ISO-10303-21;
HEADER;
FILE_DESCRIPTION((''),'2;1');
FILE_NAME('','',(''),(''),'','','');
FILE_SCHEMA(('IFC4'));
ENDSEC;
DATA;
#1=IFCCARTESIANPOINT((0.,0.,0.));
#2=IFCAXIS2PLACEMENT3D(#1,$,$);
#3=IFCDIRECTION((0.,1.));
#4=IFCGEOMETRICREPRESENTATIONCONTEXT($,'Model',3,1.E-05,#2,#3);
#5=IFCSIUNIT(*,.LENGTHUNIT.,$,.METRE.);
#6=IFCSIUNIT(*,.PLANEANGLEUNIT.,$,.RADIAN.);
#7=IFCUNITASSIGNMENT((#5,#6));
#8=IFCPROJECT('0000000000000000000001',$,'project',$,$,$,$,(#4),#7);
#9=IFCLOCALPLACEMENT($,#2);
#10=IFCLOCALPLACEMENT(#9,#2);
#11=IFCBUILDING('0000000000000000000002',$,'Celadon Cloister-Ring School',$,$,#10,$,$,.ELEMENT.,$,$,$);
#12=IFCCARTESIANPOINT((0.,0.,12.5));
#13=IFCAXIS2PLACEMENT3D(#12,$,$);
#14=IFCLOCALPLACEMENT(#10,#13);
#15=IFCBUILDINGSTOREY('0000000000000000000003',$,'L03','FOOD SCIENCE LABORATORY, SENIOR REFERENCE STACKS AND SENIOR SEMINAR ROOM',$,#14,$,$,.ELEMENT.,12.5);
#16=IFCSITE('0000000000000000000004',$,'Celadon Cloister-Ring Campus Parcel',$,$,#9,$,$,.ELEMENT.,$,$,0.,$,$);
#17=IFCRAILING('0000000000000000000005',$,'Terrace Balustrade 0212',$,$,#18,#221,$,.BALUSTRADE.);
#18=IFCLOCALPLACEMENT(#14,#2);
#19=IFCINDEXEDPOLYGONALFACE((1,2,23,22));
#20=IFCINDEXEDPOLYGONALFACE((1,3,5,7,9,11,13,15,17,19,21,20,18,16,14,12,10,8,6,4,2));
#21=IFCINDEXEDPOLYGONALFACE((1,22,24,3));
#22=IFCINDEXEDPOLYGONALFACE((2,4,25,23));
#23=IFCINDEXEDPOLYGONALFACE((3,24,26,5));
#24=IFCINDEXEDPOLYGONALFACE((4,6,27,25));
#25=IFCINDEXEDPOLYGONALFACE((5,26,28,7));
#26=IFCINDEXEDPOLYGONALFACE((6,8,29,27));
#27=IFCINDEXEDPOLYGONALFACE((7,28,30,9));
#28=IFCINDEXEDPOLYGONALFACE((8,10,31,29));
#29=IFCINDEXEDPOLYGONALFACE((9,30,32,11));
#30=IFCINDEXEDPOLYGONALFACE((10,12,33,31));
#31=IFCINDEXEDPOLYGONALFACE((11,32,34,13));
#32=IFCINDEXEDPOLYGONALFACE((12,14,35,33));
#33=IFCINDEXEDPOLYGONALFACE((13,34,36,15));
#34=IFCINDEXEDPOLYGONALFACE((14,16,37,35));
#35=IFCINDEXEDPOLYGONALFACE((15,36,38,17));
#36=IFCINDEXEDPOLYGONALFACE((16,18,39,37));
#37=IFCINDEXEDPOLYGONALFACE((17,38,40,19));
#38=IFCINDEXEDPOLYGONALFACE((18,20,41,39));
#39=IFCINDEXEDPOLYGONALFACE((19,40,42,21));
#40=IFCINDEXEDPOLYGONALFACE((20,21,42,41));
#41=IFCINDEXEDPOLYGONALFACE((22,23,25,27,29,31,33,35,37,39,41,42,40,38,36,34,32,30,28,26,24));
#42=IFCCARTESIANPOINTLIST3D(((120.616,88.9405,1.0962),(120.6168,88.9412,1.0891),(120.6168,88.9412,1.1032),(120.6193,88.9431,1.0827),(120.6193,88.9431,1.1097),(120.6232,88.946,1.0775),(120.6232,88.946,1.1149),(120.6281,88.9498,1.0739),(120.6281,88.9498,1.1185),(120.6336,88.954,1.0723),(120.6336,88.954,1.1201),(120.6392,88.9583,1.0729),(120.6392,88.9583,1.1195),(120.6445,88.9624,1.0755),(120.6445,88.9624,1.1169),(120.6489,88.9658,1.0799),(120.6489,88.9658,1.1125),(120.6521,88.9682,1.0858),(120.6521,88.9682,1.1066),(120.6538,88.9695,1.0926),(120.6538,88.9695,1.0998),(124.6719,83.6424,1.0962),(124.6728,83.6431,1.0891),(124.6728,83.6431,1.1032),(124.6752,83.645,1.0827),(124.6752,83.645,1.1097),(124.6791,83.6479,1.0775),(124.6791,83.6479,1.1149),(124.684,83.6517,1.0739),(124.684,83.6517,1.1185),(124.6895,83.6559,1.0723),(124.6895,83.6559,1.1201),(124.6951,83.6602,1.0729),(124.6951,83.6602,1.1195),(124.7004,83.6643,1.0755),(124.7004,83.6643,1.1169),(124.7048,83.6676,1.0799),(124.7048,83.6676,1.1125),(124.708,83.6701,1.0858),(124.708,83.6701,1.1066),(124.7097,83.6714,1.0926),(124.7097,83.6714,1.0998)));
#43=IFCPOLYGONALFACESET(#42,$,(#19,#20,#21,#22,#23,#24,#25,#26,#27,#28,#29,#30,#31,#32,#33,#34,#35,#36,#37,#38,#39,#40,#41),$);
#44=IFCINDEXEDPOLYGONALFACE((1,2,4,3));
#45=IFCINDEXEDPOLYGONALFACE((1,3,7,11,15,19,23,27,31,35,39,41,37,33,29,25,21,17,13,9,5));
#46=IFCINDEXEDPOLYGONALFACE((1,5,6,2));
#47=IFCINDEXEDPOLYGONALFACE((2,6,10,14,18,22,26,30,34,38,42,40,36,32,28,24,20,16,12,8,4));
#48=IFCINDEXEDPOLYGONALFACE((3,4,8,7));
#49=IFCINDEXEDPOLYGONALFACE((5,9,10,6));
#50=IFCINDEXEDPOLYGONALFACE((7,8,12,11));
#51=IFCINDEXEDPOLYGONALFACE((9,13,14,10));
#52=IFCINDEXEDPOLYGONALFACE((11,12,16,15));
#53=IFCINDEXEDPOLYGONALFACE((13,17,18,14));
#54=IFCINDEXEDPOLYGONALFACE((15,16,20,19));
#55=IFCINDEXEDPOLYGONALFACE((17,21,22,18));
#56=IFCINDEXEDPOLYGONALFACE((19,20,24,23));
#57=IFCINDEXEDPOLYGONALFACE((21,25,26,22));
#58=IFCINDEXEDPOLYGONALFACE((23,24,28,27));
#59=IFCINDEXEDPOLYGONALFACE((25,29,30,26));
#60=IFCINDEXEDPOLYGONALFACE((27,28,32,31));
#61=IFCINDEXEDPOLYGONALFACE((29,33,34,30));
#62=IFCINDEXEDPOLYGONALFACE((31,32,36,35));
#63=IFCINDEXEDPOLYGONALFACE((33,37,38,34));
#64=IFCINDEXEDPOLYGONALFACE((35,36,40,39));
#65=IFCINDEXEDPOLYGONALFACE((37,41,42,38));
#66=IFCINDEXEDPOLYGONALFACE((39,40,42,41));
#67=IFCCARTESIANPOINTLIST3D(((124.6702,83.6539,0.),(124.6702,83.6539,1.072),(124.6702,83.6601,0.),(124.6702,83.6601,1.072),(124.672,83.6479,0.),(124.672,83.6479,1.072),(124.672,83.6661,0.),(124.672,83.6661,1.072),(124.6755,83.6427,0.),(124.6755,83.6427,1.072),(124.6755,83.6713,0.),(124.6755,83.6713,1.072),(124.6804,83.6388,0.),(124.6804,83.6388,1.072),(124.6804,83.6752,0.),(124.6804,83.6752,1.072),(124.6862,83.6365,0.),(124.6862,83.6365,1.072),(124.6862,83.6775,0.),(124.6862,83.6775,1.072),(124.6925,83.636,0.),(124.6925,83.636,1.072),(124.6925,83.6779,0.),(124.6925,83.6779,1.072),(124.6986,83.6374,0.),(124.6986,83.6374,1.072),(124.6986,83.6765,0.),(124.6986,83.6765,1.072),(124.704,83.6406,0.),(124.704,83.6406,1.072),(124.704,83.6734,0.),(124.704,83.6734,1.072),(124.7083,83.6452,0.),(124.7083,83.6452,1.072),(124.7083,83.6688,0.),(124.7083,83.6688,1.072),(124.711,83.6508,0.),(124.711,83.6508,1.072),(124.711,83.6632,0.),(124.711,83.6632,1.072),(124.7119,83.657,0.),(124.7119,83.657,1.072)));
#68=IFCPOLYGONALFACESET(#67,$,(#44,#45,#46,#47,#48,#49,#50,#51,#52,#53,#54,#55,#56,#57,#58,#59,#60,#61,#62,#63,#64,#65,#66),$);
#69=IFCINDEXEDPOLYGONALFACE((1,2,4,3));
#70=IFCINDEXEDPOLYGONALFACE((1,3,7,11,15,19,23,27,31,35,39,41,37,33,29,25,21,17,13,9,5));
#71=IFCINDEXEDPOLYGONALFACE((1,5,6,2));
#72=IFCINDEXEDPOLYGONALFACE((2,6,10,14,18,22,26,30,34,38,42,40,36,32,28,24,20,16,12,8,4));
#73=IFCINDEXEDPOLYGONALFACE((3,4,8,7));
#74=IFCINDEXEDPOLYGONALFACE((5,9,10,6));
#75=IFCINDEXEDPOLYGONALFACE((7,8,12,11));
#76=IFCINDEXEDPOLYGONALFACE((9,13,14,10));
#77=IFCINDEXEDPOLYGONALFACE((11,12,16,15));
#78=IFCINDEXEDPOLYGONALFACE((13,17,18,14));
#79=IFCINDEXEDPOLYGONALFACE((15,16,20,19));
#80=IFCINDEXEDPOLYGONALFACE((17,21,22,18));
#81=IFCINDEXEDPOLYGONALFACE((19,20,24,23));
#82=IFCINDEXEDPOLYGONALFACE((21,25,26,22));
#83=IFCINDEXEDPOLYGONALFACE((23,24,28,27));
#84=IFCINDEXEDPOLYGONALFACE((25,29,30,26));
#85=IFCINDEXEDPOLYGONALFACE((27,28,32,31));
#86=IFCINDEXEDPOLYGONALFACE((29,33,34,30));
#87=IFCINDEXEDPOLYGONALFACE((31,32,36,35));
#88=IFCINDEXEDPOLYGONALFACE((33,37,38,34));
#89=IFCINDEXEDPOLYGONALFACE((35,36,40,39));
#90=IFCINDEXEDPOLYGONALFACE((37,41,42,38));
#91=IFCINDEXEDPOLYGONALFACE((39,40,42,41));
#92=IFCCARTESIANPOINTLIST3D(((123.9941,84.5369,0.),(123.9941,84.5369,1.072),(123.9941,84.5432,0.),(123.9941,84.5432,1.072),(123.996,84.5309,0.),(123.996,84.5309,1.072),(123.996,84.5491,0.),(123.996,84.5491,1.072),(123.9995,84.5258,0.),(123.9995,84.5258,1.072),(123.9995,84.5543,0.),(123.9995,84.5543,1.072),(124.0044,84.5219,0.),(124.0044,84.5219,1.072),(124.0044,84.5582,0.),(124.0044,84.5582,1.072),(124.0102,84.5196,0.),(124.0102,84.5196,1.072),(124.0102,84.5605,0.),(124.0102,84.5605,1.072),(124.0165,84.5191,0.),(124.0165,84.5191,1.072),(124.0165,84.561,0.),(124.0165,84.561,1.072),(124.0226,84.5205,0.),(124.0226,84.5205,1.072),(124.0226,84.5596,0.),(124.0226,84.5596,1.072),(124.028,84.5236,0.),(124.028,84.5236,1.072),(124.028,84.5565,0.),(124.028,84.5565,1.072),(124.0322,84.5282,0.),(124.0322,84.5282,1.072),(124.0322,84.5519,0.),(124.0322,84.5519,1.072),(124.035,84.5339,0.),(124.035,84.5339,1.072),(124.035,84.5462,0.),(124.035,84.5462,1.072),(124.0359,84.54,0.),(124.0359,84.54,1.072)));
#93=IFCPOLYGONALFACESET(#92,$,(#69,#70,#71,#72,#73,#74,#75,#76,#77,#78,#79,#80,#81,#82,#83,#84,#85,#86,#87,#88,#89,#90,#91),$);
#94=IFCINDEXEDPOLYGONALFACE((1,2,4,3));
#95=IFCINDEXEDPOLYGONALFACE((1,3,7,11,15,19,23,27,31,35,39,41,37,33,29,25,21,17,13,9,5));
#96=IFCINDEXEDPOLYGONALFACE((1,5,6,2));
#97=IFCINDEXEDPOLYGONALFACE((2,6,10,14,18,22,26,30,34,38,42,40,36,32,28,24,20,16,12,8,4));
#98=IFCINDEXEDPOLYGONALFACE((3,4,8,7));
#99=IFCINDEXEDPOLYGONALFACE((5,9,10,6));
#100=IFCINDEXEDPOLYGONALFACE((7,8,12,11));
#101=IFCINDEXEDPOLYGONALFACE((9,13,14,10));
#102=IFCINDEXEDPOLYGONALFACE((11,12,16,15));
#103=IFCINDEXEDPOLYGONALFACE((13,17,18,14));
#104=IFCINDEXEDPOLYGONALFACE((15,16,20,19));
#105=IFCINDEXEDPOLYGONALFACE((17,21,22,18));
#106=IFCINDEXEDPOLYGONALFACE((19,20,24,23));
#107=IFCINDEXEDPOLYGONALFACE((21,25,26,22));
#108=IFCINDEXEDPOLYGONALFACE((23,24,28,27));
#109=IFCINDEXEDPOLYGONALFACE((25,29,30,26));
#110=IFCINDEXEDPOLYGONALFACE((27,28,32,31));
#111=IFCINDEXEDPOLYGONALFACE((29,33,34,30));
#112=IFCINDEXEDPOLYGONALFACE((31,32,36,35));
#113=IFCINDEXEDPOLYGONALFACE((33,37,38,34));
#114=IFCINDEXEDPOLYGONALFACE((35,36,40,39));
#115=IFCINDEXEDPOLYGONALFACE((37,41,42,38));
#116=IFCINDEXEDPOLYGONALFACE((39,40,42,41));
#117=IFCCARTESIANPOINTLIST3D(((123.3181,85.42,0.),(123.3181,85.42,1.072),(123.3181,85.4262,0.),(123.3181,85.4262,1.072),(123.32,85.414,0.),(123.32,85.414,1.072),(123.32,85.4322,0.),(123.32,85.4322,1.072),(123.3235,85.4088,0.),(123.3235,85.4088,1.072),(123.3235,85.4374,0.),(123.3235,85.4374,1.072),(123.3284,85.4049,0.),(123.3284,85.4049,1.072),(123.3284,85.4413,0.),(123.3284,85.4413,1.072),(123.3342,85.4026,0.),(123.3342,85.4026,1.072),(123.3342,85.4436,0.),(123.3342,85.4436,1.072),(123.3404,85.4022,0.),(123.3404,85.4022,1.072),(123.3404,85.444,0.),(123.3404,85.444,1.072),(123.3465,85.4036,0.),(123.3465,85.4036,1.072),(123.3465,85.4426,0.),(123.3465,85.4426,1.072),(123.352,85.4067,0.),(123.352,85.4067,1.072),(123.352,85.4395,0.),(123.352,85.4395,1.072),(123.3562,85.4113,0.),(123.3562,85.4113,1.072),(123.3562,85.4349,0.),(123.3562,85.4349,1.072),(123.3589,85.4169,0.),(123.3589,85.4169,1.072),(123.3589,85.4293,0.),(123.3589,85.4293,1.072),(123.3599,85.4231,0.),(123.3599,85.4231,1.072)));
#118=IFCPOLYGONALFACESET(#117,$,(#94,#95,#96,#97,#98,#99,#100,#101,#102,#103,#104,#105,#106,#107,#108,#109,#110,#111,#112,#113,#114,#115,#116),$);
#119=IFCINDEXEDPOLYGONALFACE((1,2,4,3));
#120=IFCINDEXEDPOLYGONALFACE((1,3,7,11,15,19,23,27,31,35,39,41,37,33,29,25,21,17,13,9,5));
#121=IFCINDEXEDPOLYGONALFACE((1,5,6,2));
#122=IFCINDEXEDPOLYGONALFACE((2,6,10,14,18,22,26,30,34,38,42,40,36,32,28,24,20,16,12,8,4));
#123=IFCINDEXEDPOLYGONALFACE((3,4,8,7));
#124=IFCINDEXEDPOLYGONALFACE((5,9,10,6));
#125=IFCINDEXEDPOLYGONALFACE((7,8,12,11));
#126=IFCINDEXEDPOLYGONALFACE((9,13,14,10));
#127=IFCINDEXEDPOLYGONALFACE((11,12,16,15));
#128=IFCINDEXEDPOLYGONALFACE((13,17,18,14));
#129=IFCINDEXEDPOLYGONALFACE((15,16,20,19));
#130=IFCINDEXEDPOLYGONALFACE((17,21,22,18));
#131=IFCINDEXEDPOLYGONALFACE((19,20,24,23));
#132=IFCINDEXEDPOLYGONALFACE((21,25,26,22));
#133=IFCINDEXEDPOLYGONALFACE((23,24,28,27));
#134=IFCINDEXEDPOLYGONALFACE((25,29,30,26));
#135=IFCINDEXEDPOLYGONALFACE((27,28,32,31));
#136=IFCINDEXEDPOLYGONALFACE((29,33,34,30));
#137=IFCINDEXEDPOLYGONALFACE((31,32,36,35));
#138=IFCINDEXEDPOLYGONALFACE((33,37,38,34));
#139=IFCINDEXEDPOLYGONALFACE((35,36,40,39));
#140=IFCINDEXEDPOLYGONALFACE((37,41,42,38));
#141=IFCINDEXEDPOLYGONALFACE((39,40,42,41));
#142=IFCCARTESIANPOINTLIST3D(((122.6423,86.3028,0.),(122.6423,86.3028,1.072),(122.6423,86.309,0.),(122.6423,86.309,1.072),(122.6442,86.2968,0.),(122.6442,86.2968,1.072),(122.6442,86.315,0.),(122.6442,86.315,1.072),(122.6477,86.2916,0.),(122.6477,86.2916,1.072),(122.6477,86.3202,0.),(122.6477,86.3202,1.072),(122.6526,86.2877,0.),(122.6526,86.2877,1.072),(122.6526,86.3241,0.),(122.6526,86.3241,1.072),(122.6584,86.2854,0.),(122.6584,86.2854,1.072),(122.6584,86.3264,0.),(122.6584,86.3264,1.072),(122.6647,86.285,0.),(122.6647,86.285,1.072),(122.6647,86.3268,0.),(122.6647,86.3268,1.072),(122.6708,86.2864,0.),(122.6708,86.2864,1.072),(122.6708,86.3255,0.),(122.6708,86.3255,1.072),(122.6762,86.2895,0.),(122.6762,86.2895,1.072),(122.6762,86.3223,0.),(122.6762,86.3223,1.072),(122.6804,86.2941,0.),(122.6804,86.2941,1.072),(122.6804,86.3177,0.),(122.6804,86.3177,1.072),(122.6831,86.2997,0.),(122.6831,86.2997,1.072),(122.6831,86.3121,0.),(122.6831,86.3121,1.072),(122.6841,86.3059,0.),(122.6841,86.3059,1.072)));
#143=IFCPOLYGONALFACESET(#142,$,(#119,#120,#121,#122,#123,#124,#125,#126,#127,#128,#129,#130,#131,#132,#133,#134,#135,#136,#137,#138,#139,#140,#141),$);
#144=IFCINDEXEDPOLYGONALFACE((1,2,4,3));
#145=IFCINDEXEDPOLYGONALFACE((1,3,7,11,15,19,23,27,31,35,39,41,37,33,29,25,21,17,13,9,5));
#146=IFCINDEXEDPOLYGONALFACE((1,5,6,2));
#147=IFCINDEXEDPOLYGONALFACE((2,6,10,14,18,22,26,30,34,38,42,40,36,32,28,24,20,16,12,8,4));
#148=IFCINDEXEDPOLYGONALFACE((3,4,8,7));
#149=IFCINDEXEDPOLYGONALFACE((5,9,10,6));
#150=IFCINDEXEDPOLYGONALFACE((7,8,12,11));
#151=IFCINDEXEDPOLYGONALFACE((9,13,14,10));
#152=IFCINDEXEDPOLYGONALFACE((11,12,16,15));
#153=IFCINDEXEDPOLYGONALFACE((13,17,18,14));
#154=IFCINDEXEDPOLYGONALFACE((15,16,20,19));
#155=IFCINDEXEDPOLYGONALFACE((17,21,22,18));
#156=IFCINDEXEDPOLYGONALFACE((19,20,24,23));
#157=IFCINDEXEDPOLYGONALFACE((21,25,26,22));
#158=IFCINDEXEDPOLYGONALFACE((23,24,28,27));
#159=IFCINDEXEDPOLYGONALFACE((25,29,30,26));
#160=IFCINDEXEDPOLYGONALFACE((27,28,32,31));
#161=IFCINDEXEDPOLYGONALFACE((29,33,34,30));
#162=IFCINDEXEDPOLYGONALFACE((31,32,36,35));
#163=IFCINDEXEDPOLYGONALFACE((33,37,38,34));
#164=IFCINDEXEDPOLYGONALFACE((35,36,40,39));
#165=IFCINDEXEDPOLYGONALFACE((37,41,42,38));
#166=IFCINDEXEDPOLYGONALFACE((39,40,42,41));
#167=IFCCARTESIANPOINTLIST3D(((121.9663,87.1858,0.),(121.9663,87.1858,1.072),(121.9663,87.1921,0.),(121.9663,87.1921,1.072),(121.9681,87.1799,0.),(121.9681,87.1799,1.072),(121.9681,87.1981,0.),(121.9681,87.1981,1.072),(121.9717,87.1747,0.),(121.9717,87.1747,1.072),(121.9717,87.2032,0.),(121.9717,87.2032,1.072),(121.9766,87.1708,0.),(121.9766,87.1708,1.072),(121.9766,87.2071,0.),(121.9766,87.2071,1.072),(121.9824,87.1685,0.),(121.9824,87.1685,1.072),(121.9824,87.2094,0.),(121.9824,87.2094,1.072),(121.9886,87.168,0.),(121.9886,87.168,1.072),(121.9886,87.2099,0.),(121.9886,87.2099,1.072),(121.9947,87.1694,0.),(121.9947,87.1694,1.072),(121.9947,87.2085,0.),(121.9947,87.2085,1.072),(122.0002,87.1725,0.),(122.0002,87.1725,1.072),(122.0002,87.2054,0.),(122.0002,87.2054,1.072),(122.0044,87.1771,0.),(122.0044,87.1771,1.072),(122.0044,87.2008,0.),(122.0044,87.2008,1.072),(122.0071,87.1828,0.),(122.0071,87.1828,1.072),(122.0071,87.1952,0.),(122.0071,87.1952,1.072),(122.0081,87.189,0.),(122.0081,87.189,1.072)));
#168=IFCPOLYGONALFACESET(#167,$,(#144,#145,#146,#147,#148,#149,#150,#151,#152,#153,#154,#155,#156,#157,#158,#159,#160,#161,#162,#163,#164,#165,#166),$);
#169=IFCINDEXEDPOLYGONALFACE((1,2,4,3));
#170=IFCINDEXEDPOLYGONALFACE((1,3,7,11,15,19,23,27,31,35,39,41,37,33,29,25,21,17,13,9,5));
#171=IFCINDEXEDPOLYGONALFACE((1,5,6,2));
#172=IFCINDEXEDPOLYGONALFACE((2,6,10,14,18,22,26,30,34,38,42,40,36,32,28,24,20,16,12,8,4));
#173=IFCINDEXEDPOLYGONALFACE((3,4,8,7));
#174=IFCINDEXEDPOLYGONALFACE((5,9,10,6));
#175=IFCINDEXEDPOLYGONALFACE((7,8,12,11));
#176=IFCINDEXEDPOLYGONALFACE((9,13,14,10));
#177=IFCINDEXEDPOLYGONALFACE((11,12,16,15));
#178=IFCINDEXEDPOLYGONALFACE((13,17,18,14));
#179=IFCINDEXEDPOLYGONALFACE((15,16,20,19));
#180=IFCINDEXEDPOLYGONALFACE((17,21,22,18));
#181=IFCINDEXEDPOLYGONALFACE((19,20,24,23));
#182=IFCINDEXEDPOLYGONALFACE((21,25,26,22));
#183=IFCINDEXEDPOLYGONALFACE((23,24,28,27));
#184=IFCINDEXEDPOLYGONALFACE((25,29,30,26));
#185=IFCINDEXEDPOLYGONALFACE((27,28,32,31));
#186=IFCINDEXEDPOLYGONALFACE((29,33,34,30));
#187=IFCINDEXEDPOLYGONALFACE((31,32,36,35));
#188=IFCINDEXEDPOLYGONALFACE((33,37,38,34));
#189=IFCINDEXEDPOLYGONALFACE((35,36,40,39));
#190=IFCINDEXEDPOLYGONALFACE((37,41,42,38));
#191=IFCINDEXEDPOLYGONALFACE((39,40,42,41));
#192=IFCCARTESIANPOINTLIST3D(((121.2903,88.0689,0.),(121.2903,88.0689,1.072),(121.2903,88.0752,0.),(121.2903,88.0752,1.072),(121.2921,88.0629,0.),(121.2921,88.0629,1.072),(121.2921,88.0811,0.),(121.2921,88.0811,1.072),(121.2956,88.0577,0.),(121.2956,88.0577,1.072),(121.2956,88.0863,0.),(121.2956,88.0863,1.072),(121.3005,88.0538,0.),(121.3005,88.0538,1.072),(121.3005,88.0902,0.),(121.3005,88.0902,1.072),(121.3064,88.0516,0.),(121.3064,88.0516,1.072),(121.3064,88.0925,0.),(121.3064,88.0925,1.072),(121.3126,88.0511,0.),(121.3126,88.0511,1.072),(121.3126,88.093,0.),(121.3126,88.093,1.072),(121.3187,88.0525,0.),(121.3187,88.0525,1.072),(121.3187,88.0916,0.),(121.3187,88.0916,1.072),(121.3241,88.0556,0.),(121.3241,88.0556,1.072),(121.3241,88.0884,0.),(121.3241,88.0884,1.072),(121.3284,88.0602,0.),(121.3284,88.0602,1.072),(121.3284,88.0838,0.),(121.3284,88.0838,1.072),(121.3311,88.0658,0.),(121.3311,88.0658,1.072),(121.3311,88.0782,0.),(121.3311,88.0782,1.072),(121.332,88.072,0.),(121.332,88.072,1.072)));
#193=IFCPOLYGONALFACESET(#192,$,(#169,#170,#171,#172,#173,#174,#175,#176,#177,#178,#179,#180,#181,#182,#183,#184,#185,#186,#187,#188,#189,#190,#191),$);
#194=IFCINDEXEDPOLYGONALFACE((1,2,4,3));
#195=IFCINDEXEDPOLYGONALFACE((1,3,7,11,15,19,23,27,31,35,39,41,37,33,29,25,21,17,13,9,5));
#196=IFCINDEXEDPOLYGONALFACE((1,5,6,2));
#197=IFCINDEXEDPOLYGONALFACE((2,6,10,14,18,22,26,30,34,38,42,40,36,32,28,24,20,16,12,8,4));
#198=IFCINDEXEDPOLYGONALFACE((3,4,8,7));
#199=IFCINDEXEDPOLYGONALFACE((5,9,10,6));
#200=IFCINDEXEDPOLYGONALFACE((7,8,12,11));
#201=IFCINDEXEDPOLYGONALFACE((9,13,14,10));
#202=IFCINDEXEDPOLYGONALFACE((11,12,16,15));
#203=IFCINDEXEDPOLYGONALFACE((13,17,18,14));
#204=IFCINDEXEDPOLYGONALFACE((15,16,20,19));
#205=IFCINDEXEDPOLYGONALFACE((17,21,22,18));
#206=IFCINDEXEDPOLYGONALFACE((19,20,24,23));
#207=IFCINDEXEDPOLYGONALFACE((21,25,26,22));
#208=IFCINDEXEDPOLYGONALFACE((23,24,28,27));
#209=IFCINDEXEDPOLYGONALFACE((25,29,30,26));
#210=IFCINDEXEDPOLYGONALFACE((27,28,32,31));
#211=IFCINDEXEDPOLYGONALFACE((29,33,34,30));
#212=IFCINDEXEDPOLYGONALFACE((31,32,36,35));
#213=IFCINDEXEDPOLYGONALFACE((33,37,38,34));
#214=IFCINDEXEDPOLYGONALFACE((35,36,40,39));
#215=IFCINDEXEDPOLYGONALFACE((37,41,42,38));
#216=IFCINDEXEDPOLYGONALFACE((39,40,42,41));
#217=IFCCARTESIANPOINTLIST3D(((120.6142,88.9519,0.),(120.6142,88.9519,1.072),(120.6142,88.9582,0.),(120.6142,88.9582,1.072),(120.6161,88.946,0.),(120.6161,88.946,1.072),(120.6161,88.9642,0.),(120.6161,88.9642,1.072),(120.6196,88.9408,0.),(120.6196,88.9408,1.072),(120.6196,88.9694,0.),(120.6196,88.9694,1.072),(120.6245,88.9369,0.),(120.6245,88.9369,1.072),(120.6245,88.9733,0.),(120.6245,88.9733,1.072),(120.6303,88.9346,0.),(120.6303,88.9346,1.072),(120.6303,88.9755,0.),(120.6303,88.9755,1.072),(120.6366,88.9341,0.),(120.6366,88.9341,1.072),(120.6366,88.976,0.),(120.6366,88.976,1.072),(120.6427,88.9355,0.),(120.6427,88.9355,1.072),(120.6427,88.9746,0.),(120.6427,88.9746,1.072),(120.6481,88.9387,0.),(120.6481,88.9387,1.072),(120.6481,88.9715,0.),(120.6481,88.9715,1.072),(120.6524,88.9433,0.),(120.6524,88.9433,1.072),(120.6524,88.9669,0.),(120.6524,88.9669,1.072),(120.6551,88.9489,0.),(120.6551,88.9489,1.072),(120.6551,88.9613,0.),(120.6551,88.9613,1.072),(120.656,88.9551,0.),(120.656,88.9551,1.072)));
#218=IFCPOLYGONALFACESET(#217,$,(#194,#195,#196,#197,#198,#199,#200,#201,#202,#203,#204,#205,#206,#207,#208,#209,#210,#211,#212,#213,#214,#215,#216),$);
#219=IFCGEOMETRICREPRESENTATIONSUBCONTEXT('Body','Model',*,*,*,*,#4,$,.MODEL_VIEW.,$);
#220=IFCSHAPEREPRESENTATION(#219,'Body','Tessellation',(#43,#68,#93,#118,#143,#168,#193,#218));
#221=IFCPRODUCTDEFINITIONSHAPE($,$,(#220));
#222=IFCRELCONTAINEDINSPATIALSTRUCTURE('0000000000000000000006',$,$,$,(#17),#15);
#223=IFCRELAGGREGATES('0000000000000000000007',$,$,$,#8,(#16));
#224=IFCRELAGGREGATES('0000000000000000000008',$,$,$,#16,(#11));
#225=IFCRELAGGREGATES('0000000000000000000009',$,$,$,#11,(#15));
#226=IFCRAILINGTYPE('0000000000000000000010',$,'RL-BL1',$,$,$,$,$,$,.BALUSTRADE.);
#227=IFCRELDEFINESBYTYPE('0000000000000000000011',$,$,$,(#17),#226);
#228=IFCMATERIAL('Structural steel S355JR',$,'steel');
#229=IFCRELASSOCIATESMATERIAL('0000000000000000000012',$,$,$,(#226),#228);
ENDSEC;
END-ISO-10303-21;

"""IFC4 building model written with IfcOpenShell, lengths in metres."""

from ifc_helpers import new_model, si_unit, direction, frame, origin, origin_2d, place, context, subcontext, project, spatial, circle, extrude, material, type_object, element, save


model = new_model("IFC4")

# Units and contexts
model_context = context("Model", 3, precision=1e-05, world=origin(), true_north=direction((0.0, 1.0)))
body_context = subcontext(model_context, "Body", "Model", "MODEL_VIEW")
ifc_project = project(units=[si_unit("LENGTHUNIT", "METRE"), si_unit("PLANEANGLEUNIT", "RADIAN")], contexts=[model_context])

# Site, building, storey
site_placement = place(None, origin())
site = spatial("IfcSite", under=ifc_project, at=site_placement, Name="Celadon Cloister-Ring Campus Parcel", CompositionType="ELEMENT", RefElevation=0.0)
building_placement = place(site_placement, origin())
building = spatial("IfcBuilding", under=site, at=building_placement, Name="Celadon Cloister-Ring School", CompositionType="ELEMENT")
storey_placement = place(building_placement, frame((0.0, 0.0, 12.5)))
storey = spatial("IfcBuildingStorey", under=building, at=storey_placement, Name="L03", Description="FOOD SCIENCE LABORATORY, SENIOR REFERENCE STACKS AND SENIOR SEMINAR ROOM", CompositionType="ELEMENT", Elevation=12.5)

# Railing
ifc_material_1 = material(Name="Structural steel S355JR", Category="steel")
railing_type = type_object("IfcRailingType", Name="RL-BL1", PredefinedType="BALUSTRADE", material=ifc_material_1)
railing_placement = place(storey_placement, frame((124.6909, 83.657, 0.0)))
element("IfcRailing", 1, at=railing_placement, inside=storey, type_object=railing_type, Name="Terrace Balustrade 0212", PredefinedType="BALUSTRADE", context=body_context, shape_type="SweptSolid", body=[
    extrude(circle(Radius=0.0239, at=origin_2d()), frame((0.0, 0.0, 1.0962), z_axis=(-0.607868, 0.794038, 0.0), x_axis=(-0.794038, -0.607868, 0.0)), (0.0, 0.0, 1.0), 6.6724),
    extrude(circle(Radius=0.021, at=origin_2d()), origin(), (0.0, 0.0, 1.0), 1.072),
    extrude(circle(Radius=0.021, at=origin_2d()), frame((-0.676, 0.8831, 0.0)), (0.0, 0.0, 1.0), 1.072),
    extrude(circle(Radius=0.021, at=origin_2d()), frame((-1.3521, 1.7661, 0.0)), (0.0, 0.0, 1.0), 1.072),
    extrude(circle(Radius=0.021, at=origin_2d()), frame((-2.0278, 2.6489, 0.0)), (0.0, 0.0, 1.0), 1.072),
    extrude(circle(Radius=0.021, at=origin_2d()), frame((-2.7039, 3.532, 0.0)), (0.0, 0.0, 1.0), 1.072),
    extrude(circle(Radius=0.021, at=origin_2d()), frame((-3.3799, 4.415, 0.0)), (0.0, 0.0, 1.0), 1.072),
    extrude(circle(Radius=0.021, at=origin_2d()), frame((-4.0559, 5.2981, 0.0)), (0.0, 0.0, 1.0), 1.072),
])

save(model, "model.ifc")
